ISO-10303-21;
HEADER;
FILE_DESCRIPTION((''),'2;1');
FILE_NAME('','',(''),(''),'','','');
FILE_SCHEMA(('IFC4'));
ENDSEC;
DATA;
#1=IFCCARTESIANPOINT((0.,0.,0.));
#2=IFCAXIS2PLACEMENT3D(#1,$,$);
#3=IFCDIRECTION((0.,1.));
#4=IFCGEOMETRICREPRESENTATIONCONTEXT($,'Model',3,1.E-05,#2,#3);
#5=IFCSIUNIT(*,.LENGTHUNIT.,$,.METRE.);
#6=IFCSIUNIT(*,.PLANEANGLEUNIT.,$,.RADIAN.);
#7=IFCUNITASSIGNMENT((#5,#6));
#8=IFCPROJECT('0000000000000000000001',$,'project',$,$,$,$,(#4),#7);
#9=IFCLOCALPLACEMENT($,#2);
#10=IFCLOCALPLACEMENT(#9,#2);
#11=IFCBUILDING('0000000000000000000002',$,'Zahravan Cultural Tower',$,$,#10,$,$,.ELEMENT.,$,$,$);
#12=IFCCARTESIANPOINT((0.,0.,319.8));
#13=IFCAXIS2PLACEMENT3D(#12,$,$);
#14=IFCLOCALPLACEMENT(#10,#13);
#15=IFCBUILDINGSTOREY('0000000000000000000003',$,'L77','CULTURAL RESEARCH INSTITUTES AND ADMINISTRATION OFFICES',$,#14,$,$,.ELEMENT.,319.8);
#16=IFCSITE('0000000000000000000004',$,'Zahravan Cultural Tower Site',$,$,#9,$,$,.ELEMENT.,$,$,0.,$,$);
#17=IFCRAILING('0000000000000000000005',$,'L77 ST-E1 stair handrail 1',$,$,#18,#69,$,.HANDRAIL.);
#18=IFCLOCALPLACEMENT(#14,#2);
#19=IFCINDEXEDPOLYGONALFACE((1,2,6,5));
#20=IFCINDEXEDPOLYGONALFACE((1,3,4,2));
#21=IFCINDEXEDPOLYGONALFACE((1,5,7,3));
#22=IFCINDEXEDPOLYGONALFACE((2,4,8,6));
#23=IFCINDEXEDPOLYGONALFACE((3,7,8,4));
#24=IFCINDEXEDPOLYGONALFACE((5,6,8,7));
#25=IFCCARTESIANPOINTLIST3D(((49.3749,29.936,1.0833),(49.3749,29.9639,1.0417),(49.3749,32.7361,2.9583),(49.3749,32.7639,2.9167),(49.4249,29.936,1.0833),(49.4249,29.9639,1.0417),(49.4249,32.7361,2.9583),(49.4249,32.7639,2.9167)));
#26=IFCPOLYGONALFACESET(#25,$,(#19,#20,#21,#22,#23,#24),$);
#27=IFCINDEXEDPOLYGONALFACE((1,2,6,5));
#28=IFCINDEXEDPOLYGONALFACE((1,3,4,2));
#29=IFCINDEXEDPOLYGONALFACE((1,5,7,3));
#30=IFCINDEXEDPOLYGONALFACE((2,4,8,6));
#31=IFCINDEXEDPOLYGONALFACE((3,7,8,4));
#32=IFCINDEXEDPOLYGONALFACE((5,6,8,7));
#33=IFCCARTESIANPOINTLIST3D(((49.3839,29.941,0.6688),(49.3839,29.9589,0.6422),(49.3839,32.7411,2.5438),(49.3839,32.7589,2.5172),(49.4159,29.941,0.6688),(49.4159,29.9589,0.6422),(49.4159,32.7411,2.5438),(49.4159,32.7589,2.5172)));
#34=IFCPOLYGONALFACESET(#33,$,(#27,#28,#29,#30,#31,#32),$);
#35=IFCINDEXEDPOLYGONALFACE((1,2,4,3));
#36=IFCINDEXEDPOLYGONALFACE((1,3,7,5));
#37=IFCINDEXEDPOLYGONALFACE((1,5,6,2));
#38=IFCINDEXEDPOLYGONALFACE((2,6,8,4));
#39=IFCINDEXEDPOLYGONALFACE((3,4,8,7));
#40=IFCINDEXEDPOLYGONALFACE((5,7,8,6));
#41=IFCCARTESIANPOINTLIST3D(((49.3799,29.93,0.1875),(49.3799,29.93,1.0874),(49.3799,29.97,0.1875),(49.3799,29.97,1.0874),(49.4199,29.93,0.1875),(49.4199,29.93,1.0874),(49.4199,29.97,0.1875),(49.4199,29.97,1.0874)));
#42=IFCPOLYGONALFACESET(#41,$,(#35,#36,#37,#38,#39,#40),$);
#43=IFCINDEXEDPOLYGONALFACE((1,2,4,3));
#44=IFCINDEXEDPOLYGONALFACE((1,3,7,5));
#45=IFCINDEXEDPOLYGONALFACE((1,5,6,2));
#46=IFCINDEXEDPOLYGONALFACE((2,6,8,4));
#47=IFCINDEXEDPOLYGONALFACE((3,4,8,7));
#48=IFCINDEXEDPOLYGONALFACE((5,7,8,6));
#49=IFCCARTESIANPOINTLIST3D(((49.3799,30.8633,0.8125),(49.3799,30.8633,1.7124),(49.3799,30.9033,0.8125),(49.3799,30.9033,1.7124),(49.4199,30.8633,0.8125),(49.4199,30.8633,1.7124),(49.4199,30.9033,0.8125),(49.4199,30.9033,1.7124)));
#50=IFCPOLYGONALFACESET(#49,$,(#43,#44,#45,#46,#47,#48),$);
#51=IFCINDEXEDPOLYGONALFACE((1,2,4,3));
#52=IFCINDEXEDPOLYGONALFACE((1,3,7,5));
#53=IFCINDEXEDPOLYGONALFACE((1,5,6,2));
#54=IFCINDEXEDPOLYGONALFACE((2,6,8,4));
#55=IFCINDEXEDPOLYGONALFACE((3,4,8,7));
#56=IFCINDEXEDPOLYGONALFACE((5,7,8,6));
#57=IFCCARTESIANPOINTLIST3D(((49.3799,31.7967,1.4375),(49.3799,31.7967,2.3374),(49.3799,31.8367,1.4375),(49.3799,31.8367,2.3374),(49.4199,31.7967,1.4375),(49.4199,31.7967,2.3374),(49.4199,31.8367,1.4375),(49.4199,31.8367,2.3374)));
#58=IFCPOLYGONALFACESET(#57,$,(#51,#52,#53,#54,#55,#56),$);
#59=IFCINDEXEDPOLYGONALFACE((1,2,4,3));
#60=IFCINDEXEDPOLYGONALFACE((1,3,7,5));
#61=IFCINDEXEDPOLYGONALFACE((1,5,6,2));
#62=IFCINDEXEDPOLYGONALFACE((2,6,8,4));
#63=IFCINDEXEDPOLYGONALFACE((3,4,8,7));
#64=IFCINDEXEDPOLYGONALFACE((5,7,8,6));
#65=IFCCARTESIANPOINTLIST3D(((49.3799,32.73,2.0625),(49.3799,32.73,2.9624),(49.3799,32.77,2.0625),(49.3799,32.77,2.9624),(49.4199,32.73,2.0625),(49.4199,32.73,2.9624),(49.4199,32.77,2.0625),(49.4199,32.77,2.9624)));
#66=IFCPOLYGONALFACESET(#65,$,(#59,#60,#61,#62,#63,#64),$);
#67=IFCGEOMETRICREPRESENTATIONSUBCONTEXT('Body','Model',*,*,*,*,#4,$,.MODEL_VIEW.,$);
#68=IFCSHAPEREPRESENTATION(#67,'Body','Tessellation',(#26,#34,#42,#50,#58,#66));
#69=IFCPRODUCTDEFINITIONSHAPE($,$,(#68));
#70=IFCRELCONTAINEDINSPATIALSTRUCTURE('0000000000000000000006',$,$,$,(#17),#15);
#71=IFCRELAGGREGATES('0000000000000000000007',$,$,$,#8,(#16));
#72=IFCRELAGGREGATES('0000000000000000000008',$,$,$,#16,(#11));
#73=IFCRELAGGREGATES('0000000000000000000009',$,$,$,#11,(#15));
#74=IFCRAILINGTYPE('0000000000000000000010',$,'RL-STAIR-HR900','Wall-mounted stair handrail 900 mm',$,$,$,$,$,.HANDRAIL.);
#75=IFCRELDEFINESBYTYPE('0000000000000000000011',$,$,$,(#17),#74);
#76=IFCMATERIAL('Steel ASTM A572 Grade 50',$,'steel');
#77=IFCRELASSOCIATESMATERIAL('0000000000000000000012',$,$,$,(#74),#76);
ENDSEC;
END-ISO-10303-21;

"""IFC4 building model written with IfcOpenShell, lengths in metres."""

from ifc_helpers import new_model, si_unit, direction, frame, origin, origin_2d, place, context, subcontext, project, spatial, rectangle, extrude, material, type_object, element, save


model = new_model("IFC4")

# Units and contexts
model_context = context("Model", 3, precision=1e-05, world=origin(), true_north=direction((0.0, 1.0)))
body_context = subcontext(model_context, "Body", "Model", "MODEL_VIEW")
ifc_project = project(units=[si_unit("LENGTHUNIT", "METRE"), si_unit("PLANEANGLEUNIT", "RADIAN")], contexts=[model_context])

# Site, building, storey
site_placement = place(None, origin())
site = spatial("IfcSite", under=ifc_project, at=site_placement, Name="Zahravan Cultural Tower Site", CompositionType="ELEMENT", RefElevation=0.0)
building_placement = place(site_placement, origin())
building = spatial("IfcBuilding", under=site, at=building_placement, Name="Zahravan Cultural Tower", CompositionType="ELEMENT")
storey_placement = place(building_placement, frame((0.0, 0.0, 319.8)))
storey = spatial("IfcBuildingStorey", under=building, at=storey_placement, Name="L77", Description="CULTURAL RESEARCH INSTITUTES AND ADMINISTRATION OFFICES", CompositionType="ELEMENT", Elevation=319.8)

# Railing
ifc_material_1 = material(Name="Steel ASTM A572 Grade 50", Category="steel")
railing_type_1 = type_object("IfcRailingType", Name="RL-STAIR-HR900", Description="Wall-mounted stair handrail 900 mm", PredefinedType="HANDRAIL", material=ifc_material_1)
railing_1_placement = place(storey_placement, frame((49.3999, 29.95, 0.1875)))
element("IfcRailing", 1, at=railing_1_placement, inside=storey, type_object=railing_type_1, Name="L77 ST-E1 stair handrail 1", PredefinedType="HANDRAIL", context=body_context, shape_type="SweptSolid", body=[
    extrude(rectangle(XDim=0.05, YDim=0.05, at=origin_2d()), frame((0.0, 0.0, 0.875), z_axis=(0.0, 0.830912, 0.556404), x_axis=(-1.0, 0.0, 0.0)), (0.0, 0.0, 1.0), 3.3699),
    extrude(rectangle(XDim=0.032, YDim=0.032, at=origin_2d()), frame((0.0, 0.0, 0.468), z_axis=(0.0, 0.830912, 0.556404), x_axis=(-1.0, 0.0, 0.0)), (0.0, 0.0, 1.0), 3.3699),
    extrude(rectangle(XDim=0.04, YDim=0.04, at=origin_2d()), origin(), (0.0, 0.0, 1.0), 0.8999),
    extrude(rectangle(XDim=0.04, YDim=0.04, at=origin_2d()), frame((0.0, 0.9333, 0.625)), (0.0, 0.0, 1.0), 0.8999),
    extrude(rectangle(XDim=0.04, YDim=0.04, at=origin_2d()), frame((0.0, 1.8667, 1.25)), (0.0, 0.0, 1.0), 0.8999),
    extrude(rectangle(XDim=0.04, YDim=0.04, at=origin_2d()), frame((0.0, 2.8, 1.875)), (0.0, 0.0, 1.0), 0.8999),
])

save(model, "model.ifc")
